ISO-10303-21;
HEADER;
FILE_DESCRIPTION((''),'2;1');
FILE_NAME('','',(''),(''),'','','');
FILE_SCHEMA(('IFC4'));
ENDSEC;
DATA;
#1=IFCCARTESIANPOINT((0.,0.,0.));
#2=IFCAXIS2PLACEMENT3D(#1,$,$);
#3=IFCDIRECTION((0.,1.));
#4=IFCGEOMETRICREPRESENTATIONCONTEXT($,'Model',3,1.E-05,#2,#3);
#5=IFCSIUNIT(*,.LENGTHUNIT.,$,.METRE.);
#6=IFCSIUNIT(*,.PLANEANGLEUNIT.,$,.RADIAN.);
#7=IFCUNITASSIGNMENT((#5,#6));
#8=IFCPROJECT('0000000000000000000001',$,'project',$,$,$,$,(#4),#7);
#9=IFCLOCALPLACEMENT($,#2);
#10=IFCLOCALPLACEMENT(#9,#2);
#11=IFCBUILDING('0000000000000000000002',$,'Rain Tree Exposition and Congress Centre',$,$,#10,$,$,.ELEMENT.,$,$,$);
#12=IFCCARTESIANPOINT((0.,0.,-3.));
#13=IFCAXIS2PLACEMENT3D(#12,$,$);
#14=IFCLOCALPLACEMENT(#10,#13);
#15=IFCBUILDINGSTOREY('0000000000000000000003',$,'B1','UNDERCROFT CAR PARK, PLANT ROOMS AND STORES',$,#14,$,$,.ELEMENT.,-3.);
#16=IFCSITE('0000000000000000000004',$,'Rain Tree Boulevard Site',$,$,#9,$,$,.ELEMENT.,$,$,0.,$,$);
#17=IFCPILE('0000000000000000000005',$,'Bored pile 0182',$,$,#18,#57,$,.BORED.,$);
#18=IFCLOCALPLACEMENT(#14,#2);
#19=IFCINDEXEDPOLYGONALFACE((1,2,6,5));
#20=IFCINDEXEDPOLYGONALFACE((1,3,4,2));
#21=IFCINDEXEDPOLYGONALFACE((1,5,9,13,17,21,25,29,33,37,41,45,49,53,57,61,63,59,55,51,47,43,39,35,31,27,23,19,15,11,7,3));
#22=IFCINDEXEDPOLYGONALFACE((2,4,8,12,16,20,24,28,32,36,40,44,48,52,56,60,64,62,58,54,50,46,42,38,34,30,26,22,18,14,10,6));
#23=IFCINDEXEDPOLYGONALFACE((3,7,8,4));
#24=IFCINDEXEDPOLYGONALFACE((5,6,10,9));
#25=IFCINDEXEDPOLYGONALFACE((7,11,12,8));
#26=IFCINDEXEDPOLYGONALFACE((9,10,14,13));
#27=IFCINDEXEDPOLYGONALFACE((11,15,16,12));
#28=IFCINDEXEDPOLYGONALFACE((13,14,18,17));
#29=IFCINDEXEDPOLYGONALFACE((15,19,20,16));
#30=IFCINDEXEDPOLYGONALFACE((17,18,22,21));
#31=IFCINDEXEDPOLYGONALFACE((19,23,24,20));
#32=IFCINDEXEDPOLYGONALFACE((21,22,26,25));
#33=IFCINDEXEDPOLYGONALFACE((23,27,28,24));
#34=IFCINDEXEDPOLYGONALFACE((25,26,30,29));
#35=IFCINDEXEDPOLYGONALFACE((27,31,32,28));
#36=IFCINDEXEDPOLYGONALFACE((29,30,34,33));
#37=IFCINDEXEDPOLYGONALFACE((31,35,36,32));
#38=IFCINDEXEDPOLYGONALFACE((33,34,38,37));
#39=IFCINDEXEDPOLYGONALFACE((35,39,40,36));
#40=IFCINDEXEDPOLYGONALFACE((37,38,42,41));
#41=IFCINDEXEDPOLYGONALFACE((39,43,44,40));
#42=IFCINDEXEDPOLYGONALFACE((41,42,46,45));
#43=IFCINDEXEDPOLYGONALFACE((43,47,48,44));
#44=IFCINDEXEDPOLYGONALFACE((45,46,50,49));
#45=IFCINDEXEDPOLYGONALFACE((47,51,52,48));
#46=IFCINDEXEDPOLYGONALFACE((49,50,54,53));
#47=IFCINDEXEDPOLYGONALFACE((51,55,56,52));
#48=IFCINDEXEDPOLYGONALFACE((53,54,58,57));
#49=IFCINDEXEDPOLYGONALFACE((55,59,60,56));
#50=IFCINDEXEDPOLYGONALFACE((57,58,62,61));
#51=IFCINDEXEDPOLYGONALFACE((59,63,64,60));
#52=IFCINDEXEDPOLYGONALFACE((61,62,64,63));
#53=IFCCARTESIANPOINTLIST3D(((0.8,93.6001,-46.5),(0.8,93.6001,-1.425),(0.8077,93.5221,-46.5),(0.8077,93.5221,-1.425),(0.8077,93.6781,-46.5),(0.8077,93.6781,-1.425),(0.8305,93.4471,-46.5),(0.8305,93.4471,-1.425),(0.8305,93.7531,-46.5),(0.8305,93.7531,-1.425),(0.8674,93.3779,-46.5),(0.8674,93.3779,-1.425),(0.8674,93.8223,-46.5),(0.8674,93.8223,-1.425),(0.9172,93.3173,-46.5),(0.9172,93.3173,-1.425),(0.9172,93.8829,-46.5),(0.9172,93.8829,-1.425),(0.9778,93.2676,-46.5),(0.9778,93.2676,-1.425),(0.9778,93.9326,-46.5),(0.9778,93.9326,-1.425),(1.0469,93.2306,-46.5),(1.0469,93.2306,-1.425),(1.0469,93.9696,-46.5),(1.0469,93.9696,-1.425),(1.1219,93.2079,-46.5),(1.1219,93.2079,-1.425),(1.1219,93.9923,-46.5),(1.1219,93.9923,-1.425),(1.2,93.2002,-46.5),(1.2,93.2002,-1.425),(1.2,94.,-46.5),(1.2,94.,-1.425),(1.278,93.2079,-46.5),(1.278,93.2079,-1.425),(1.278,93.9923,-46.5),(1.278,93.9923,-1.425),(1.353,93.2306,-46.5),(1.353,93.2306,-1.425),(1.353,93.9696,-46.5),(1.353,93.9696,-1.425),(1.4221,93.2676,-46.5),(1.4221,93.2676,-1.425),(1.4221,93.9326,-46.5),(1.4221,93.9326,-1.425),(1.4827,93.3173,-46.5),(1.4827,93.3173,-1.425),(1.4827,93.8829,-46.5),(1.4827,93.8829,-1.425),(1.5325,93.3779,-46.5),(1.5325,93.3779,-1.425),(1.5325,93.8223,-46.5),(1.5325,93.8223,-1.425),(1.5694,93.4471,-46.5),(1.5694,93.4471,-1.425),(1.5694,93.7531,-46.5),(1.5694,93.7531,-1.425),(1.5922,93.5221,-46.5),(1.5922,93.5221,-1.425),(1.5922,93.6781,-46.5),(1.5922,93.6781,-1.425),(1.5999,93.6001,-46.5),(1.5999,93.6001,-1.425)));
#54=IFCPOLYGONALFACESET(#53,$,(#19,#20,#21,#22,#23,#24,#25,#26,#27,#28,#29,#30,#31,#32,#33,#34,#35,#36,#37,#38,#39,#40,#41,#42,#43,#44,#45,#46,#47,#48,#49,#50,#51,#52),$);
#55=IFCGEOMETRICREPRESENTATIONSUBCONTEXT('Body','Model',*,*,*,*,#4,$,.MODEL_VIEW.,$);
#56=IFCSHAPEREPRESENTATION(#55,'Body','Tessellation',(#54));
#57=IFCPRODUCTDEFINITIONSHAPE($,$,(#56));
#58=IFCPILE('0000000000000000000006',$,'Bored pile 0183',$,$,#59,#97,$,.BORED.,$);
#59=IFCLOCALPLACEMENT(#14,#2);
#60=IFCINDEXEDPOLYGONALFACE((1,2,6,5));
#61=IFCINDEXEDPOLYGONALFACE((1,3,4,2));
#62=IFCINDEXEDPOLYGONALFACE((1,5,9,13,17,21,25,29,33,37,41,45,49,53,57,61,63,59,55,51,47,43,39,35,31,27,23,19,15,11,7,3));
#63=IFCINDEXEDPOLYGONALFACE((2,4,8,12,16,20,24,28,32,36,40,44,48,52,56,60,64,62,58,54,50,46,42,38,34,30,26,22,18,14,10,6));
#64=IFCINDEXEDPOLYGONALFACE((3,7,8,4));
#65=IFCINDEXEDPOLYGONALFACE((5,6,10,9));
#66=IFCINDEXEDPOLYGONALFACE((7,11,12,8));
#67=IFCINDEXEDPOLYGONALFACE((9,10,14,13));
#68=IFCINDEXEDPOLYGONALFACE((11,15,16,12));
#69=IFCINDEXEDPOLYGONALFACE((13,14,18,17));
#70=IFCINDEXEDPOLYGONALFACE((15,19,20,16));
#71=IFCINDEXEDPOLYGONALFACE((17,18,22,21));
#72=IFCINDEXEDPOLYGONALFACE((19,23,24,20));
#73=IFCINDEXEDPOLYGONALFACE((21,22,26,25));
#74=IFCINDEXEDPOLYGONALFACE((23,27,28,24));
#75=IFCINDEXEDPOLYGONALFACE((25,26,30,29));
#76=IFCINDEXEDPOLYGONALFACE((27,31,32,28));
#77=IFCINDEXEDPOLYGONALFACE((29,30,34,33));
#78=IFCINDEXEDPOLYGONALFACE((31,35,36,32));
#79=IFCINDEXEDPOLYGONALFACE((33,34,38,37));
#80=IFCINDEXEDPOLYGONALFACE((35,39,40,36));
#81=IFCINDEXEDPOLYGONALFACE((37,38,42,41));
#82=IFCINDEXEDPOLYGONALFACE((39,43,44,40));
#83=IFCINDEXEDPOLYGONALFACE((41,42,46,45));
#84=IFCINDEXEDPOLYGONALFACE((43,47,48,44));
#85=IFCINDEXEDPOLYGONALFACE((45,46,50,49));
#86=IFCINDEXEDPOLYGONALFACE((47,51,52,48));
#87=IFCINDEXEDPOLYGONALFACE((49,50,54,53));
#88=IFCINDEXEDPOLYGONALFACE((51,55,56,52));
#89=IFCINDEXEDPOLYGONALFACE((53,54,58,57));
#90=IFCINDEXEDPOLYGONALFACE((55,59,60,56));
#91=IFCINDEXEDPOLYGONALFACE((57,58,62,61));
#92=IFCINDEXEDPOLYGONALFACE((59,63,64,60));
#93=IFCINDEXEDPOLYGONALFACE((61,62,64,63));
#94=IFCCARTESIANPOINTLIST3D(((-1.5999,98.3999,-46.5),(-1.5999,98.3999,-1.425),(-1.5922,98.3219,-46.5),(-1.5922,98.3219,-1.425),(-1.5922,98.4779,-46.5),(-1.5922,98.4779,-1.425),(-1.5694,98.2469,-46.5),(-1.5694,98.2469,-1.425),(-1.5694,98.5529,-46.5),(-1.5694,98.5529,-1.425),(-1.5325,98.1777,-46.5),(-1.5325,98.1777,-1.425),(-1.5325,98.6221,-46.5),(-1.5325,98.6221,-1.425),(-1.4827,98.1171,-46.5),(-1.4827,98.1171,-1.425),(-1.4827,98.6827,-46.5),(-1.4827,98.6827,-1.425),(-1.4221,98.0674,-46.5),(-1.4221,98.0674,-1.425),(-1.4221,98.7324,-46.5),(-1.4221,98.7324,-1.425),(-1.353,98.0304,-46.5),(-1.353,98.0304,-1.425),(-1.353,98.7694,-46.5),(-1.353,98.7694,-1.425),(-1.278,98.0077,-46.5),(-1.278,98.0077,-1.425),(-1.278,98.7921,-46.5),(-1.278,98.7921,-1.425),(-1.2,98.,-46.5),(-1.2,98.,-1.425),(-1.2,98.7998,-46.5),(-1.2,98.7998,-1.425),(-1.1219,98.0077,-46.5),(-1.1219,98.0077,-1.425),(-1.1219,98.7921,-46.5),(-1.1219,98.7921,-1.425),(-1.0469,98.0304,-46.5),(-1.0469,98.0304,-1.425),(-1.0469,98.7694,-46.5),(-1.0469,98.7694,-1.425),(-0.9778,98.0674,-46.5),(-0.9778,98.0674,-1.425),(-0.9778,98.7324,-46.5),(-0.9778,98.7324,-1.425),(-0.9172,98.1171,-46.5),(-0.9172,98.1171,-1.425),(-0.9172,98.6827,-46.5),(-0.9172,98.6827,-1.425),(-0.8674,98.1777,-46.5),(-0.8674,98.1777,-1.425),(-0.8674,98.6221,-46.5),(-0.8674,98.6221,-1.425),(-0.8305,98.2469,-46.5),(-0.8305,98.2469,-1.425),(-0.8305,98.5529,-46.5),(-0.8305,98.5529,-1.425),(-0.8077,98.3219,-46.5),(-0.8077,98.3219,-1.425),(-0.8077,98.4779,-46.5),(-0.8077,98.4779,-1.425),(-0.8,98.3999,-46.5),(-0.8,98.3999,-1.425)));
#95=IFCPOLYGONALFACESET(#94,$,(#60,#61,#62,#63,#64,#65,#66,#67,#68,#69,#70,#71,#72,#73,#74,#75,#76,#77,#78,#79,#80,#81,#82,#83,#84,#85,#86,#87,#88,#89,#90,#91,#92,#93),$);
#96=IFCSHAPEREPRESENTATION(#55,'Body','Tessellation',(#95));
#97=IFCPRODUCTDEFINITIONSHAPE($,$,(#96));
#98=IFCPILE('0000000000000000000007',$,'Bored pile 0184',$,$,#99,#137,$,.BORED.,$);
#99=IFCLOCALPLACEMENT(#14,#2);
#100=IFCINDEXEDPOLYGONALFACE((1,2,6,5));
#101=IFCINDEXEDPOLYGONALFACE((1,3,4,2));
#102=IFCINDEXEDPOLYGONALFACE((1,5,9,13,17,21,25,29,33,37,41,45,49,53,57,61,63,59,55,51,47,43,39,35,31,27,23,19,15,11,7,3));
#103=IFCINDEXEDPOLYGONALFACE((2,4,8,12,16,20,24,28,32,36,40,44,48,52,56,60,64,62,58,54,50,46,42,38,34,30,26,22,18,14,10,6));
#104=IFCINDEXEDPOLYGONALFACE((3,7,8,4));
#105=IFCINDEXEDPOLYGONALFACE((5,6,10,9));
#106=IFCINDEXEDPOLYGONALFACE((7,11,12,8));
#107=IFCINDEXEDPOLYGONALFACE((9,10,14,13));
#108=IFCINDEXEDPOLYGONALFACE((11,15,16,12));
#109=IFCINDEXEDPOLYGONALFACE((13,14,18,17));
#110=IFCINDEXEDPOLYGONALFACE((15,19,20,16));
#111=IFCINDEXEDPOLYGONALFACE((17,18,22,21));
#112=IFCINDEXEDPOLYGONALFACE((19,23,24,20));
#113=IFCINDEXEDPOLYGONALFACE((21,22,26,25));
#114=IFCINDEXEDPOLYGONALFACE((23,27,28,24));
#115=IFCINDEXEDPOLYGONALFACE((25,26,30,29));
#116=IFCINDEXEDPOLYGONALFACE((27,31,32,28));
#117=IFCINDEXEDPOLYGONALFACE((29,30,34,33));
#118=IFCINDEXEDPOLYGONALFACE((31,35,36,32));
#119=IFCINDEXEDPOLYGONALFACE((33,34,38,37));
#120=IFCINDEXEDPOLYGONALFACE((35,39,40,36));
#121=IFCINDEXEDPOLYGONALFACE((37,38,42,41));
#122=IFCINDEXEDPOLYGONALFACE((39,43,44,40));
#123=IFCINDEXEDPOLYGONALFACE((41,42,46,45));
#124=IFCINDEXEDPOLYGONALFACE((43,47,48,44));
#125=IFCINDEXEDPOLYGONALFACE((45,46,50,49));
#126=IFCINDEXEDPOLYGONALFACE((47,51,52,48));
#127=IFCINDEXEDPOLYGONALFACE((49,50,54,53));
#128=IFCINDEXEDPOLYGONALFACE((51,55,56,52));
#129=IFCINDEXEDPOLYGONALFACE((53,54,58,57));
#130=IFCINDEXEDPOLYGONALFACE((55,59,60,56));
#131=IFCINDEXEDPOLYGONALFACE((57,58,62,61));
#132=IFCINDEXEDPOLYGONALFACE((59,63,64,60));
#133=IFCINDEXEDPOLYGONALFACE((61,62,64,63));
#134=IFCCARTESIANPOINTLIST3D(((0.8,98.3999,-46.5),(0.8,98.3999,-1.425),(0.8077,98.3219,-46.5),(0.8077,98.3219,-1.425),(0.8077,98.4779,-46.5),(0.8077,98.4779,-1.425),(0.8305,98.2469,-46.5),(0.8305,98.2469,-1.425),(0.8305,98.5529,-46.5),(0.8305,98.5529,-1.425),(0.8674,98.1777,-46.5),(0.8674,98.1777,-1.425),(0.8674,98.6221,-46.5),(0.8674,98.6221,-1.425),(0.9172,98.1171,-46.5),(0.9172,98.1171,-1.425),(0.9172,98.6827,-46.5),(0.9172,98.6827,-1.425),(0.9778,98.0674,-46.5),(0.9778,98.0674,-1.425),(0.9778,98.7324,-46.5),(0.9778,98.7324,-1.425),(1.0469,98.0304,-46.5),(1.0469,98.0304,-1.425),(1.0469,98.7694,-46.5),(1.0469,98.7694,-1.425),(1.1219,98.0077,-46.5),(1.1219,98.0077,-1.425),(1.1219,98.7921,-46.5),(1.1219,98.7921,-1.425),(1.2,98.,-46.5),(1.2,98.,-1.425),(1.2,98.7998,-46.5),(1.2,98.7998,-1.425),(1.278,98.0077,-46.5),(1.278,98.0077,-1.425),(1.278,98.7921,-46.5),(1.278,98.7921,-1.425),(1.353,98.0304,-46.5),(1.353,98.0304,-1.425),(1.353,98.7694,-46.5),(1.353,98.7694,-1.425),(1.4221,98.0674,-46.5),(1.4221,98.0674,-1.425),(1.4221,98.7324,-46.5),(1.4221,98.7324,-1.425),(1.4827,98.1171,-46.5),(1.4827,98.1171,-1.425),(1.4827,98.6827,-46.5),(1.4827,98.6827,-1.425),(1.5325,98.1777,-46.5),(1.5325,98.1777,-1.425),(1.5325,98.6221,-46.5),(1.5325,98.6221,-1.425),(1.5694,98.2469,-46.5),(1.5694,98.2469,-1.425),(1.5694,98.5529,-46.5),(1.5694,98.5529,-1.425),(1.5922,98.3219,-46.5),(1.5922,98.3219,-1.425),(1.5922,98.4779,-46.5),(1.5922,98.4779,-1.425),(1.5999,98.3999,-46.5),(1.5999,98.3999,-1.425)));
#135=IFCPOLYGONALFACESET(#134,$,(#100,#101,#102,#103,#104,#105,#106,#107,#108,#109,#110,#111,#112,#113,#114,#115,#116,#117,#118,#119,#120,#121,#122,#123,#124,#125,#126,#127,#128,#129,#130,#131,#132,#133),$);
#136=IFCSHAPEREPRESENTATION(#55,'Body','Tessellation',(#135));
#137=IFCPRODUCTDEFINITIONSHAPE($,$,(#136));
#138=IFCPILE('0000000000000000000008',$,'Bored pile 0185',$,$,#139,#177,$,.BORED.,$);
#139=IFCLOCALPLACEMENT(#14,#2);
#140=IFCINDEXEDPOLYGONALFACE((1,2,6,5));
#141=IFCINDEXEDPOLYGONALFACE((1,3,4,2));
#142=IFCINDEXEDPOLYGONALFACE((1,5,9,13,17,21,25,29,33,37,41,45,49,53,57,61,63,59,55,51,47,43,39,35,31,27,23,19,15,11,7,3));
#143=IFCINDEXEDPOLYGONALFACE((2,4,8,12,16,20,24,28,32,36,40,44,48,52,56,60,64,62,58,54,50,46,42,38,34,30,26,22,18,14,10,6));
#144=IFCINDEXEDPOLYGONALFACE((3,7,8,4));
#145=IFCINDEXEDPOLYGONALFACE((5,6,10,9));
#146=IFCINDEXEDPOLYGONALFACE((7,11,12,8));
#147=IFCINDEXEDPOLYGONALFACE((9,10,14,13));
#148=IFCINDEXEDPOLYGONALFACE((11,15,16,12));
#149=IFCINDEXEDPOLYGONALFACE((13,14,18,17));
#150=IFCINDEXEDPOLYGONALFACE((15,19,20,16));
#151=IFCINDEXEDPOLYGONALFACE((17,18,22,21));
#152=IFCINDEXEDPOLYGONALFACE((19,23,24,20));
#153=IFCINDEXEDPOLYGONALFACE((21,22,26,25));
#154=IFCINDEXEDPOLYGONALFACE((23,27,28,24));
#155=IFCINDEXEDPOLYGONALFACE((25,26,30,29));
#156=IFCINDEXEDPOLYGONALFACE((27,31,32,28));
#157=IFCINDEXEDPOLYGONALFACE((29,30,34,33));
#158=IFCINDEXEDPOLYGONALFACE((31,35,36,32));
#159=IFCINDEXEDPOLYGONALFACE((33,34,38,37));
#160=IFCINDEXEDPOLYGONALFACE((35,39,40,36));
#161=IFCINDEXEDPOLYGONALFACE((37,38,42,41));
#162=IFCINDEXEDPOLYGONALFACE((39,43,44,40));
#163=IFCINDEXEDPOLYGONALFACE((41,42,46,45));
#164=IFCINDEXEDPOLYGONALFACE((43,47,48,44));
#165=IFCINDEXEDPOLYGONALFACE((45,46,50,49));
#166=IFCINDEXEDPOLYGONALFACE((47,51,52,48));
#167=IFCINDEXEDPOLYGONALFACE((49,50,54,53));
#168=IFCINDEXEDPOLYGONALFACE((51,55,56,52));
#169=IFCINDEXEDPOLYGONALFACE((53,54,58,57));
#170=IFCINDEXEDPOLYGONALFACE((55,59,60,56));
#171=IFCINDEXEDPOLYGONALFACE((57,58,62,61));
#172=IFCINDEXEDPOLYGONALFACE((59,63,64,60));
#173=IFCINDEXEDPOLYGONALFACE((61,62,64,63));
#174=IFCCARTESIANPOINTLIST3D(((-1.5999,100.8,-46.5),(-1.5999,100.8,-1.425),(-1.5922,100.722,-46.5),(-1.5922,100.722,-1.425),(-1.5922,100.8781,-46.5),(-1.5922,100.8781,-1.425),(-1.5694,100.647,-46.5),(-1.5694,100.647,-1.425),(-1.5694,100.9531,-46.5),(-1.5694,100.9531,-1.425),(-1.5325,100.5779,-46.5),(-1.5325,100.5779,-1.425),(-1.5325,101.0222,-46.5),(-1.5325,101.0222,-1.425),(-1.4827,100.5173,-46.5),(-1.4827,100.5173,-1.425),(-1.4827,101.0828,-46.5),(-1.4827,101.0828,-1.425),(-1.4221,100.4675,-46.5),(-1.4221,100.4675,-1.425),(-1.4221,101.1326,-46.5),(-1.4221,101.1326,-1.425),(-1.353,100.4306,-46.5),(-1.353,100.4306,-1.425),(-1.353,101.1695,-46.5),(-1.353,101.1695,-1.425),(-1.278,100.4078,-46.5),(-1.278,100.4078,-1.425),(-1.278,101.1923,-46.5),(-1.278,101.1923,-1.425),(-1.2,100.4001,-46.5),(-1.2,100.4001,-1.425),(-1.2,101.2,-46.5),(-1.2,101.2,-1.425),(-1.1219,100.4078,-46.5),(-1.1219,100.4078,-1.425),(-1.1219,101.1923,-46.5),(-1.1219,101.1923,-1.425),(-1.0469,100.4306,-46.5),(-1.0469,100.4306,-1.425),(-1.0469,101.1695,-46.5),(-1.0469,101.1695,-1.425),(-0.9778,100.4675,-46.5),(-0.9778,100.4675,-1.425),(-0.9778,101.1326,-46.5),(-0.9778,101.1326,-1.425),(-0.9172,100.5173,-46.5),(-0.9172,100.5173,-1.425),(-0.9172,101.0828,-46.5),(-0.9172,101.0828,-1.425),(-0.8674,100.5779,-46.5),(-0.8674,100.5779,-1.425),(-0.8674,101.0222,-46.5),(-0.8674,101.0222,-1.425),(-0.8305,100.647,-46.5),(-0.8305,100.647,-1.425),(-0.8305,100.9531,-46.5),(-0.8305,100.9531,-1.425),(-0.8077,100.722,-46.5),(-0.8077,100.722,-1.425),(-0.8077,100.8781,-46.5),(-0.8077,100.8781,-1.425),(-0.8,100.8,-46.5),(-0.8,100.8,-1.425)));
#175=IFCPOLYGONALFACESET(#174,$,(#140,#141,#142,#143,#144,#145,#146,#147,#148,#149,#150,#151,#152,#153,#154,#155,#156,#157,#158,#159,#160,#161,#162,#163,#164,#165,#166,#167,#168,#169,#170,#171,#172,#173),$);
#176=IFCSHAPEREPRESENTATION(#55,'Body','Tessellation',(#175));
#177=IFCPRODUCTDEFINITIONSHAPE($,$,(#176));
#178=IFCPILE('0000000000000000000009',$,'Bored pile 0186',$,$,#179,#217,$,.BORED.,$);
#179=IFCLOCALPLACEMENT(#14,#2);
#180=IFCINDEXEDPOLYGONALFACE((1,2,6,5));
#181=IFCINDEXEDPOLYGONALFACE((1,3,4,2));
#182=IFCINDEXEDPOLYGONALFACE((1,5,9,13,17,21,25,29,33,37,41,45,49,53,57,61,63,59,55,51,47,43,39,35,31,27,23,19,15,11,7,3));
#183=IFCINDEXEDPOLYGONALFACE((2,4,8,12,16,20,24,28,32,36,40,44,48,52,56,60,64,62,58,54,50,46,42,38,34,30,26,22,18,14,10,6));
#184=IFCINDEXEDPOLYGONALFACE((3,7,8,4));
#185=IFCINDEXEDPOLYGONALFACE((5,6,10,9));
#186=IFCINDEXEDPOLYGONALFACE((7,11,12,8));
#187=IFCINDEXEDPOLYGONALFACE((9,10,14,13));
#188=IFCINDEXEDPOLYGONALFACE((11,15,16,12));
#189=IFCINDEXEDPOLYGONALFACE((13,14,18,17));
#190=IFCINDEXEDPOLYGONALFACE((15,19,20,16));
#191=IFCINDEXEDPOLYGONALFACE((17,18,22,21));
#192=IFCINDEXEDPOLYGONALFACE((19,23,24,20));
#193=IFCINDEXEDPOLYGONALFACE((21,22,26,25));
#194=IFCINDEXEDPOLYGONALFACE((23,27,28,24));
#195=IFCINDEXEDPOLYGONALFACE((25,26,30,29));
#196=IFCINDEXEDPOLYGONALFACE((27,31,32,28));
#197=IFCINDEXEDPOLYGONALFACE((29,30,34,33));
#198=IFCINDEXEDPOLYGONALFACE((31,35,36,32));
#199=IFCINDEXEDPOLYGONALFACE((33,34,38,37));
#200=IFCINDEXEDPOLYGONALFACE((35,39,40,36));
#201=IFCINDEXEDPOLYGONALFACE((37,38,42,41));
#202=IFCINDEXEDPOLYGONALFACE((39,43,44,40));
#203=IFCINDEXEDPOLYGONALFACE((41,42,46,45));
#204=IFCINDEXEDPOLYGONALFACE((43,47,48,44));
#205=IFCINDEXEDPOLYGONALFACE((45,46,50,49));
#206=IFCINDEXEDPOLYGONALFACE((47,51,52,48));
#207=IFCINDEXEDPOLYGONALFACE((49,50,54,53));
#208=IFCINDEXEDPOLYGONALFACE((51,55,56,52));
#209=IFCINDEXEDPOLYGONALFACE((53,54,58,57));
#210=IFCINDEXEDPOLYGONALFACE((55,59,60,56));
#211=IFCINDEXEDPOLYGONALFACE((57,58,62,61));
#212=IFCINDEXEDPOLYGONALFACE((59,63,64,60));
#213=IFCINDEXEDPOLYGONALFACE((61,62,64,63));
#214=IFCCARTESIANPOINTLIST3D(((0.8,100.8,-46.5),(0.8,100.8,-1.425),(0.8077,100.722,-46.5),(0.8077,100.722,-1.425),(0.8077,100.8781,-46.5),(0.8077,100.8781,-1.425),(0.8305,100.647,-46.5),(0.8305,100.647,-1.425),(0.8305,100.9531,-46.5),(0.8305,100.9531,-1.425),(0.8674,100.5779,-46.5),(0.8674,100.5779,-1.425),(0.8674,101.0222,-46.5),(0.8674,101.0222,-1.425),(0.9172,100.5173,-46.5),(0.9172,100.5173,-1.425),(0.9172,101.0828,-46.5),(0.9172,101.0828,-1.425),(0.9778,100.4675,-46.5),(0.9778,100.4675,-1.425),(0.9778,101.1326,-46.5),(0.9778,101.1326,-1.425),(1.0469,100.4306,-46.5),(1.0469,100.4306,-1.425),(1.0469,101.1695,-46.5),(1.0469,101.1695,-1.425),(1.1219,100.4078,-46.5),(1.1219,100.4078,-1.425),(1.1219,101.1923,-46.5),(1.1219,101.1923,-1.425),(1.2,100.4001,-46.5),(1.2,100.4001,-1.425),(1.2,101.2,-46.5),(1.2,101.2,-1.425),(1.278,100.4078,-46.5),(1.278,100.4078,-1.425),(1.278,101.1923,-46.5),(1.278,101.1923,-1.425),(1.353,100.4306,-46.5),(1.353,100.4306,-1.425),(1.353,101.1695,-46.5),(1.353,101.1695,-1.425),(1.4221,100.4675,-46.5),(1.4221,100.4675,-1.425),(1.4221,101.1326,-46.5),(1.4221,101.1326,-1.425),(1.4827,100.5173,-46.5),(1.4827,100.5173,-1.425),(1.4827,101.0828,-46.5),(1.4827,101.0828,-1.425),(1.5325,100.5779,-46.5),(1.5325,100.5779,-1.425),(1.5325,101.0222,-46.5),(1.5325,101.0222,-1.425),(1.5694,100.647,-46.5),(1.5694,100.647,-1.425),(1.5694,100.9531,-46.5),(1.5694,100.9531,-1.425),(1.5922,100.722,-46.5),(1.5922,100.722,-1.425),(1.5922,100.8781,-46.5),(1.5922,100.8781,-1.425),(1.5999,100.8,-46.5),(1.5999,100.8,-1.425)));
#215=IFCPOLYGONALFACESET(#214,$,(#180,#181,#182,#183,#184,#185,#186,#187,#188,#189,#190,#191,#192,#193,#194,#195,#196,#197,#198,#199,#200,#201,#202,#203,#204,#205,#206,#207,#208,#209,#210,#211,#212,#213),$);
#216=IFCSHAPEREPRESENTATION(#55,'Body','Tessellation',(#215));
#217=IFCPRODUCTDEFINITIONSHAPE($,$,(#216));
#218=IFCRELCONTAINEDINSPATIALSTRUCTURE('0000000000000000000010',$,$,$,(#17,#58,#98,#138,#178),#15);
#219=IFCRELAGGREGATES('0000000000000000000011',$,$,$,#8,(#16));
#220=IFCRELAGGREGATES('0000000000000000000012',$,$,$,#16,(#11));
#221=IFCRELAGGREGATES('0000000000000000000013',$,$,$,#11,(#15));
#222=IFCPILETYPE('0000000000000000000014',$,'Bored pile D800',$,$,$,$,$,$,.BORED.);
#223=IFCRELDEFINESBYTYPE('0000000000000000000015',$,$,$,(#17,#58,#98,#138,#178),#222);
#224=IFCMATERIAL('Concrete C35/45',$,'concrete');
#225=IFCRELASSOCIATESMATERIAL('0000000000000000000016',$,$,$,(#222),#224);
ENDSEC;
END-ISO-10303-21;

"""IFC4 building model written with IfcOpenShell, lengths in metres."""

from ifc_helpers import new_model, si_unit, direction, frame, origin, origin_2d, place, context, subcontext, project, spatial, circle, extrude, material, material_profile, profile_set, type_object, element, save


model = new_model("IFC4")

# Units and contexts
model_context = context("Model", 3, precision=1e-05, world=origin(), true_north=direction((0.0, 1.0)))
body_context = subcontext(model_context, "Body", "Model", "MODEL_VIEW")
ifc_project = project(units=[si_unit("LENGTHUNIT", "METRE"), si_unit("PLANEANGLEUNIT", "RADIAN")], contexts=[model_context])

# Site, building, storey
site_placement = place(None, origin())
site = spatial("IfcSite", under=ifc_project, at=site_placement, Name="Rain Tree Boulevard Site", CompositionType="ELEMENT", RefElevation=0.0)
building_placement = place(site_placement, origin())
building = spatial("IfcBuilding", under=site, at=building_placement, Name="Rain Tree Exposition and Congress Centre", CompositionType="ELEMENT")
storey_placement = place(building_placement, frame((0.0, 0.0, -3.0)))
storey = spatial("IfcBuildingStorey", under=building, at=storey_placement, Name="B1", Description="UNDERCROFT CAR PARK, PLANT ROOMS AND STORES", CompositionType="ELEMENT", Elevation=-3.0)

# Piles
ifc_material_1 = material(Name="Concrete C35/45", Category="concrete")
ifc_material_profile_1 = material_profile(ifc_material_1, circle(Radius=0.3999, at=origin_2d()), Name="D800")
ifc_profile_set_1 = profile_set([ifc_material_profile_1], Name="Concrete C35/45")
pile_type_1 = type_object("IfcPileType", Name="Bored pile D800", PredefinedType="BORED", material=ifc_profile_set_1)
for number, where, z_axis, x_axis, name in (
    (1, (1.2, 93.6001, -1.425), (0.0, 0.0, -1.0), (1.0, 0.0, 0.0), "Bored pile 0182"),
    (2, (-1.2, 98.3999, -1.425), (0.0, 0.0, -1.0), (1.0, 0.0, 0.0), "Bored pile 0183"),
    (3, (1.2, 98.3999, -1.425), (0.0, 0.0, -1.0), (1.0, 0.0, 0.0), "Bored pile 0184"),
    (4, (-1.2, 100.8, -1.425), (0.0, 0.0, -1.0), (1.0, 0.0, 0.0), "Bored pile 0185"),
    (5, (1.2, 100.8, -1.425), (0.0, 0.0, -1.0), (1.0, 0.0, 0.0), "Bored pile 0186"),
):
    element("IfcPile", number, at=place(storey_placement, frame(where, z_axis=z_axis, x_axis=x_axis)), inside=storey, type_object=pile_type_1, Name=name, PredefinedType="BORED", context=body_context, shape_type="SweptSolid", body=[
        extrude(circle(Radius=0.3999, at=origin_2d()), origin(), (0.0, 0.0, 1.0), 45.075),
    ])

save(model, "model.ifc")
